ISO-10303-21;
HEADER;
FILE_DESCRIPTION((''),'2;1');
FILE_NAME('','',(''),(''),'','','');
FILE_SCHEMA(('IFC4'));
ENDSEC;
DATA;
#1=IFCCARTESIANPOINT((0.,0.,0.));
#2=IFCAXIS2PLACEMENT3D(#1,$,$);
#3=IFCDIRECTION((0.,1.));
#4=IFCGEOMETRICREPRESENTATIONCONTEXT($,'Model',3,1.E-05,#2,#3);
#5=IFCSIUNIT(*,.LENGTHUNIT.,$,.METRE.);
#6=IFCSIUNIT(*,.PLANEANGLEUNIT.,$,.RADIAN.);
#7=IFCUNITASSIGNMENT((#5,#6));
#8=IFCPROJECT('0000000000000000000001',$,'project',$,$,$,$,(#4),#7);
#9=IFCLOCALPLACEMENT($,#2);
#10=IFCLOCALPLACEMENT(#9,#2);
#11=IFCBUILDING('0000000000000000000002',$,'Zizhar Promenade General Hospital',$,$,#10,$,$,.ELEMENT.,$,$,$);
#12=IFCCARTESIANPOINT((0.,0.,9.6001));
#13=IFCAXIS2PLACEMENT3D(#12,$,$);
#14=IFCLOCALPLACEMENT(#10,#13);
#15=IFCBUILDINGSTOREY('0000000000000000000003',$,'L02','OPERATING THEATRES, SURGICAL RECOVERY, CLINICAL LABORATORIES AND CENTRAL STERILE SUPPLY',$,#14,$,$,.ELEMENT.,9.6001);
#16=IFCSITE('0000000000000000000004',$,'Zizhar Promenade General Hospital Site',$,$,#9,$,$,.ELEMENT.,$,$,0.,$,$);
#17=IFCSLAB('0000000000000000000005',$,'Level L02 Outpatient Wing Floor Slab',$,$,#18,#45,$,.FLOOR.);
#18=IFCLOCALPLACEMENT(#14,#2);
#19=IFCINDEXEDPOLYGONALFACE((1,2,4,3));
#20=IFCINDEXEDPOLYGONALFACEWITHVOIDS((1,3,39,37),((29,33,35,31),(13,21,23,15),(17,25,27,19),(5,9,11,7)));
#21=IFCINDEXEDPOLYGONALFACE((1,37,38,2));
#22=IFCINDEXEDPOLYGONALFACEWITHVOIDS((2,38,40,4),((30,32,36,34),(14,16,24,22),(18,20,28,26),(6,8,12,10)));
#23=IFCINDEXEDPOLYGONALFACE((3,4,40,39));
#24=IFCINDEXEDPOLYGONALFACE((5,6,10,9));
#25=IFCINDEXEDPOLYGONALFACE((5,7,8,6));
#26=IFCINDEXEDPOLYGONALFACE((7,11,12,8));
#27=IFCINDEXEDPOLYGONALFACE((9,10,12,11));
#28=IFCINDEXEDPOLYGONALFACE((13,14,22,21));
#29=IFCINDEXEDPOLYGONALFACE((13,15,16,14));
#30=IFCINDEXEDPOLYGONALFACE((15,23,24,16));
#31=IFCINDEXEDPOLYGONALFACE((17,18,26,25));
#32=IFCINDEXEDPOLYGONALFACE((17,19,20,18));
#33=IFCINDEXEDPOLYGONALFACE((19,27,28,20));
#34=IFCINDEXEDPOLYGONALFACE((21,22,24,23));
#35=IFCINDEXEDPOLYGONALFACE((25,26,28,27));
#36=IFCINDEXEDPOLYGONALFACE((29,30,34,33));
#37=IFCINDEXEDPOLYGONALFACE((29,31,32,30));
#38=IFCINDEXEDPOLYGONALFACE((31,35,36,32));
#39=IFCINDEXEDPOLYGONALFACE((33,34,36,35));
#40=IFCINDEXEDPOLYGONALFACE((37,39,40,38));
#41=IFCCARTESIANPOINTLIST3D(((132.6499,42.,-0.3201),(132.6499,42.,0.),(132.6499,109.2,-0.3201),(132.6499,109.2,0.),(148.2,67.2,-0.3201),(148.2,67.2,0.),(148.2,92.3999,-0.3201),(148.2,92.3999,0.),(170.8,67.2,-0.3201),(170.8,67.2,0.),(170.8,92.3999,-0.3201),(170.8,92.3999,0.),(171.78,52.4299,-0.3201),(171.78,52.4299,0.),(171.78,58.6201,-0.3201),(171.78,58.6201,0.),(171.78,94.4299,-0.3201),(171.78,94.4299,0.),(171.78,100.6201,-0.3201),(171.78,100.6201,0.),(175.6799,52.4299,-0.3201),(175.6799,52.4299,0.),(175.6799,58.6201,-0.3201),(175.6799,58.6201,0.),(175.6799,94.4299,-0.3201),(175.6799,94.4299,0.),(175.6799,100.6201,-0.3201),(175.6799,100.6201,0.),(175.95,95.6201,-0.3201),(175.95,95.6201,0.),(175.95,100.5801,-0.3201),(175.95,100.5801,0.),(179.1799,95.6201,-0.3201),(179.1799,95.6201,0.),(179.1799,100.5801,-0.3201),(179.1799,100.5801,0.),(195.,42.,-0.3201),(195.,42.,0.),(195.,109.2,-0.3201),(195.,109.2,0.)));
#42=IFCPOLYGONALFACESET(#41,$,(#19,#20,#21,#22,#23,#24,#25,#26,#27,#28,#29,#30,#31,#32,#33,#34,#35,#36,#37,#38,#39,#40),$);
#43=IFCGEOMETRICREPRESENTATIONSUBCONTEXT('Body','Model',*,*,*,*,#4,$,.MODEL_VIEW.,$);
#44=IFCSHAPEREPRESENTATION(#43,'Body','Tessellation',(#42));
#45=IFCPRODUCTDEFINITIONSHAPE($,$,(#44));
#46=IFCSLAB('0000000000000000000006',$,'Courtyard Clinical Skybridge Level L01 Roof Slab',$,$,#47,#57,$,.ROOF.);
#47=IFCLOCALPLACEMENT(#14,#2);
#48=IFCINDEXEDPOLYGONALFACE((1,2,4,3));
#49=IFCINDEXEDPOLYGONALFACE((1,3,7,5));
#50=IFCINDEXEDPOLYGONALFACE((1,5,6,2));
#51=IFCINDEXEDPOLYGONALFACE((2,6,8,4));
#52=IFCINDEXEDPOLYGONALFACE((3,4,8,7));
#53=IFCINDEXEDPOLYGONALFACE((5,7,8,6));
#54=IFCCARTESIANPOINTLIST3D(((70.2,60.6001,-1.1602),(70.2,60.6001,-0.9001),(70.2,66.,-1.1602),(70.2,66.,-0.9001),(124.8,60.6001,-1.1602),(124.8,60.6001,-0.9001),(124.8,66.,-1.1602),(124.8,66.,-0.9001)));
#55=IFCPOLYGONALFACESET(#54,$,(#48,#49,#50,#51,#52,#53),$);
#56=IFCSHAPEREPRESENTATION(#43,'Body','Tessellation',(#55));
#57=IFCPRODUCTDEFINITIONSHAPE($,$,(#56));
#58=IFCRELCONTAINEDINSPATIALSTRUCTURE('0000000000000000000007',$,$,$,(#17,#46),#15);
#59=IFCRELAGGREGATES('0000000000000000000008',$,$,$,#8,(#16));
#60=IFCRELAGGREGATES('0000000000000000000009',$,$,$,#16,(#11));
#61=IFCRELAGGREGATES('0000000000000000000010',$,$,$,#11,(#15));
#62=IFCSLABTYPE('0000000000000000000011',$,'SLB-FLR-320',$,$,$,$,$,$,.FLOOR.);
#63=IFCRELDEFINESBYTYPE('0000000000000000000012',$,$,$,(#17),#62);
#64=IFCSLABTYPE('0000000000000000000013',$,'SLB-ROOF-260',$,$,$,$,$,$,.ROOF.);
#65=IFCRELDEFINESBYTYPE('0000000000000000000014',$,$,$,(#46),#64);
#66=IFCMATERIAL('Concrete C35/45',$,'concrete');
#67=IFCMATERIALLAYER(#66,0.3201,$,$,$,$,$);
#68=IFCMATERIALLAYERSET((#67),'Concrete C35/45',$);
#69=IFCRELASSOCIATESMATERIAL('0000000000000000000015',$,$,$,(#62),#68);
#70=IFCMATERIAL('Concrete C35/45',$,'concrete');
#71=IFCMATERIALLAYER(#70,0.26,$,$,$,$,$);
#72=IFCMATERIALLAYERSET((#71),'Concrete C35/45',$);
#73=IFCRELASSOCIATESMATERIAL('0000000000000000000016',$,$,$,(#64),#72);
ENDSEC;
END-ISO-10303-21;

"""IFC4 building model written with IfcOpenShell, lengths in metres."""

from ifc_helpers import new_model, si_unit, direction, frame, origin, place, context, subcontext, project, spatial, polyline, outline, extrude, material, layer, layer_set, type_object, element, save


model = new_model("IFC4")

# Units and contexts
model_context = context("Model", 3, precision=1e-05, world=origin(), true_north=direction((0.0, 1.0)))
body_context = subcontext(model_context, "Body", "Model", "MODEL_VIEW")
ifc_project = project(units=[si_unit("LENGTHUNIT", "METRE"), si_unit("PLANEANGLEUNIT", "RADIAN")], contexts=[model_context])

# Site, building, storey
site_placement = place(None, origin())
site = spatial("IfcSite", under=ifc_project, at=site_placement, Name="Zizhar Promenade General Hospital Site", CompositionType="ELEMENT", RefElevation=0.0)
building_placement = place(site_placement, origin())
building = spatial("IfcBuilding", under=site, at=building_placement, Name="Zizhar Promenade General Hospital", CompositionType="ELEMENT")
storey_placement = place(building_placement, frame((0.0, 0.0, 9.6001)))
storey = spatial("IfcBuildingStorey", under=building, at=storey_placement, Name="L02", Description="OPERATING THEATRES, SURGICAL RECOVERY, CLINICAL LABORATORIES AND CENTRAL STERILE SUPPLY", CompositionType="ELEMENT", Elevation=9.6001)

# Slabs
ifc_material_1 = material(Name="Concrete C35/45", Category="concrete")
ifc_layer_1 = layer(ifc_material_1, 0.3201)
ifc_layer_set_1 = layer_set([ifc_layer_1], Name="Concrete C35/45")
slab_type_1 = type_object("IfcSlabType", Name="SLB-FLR-320", PredefinedType="FLOOR", material=ifc_layer_set_1)
slab_1_placement = place(storey_placement, frame((0.0, 0.0, -0.3201)))
element("IfcSlab", 1, at=slab_1_placement, inside=storey, type_object=slab_type_1, Name="Level L02 Outpatient Wing Floor Slab", PredefinedType="FLOOR", context=body_context, shape_type="SweptSolid", body=[
    extrude(outline(polyline([(132.6499, 42.0), (195.0, 42.0), (195.0, 109.2), (132.6499, 109.2), (132.6499, 42.0)]), holes=[polyline([(148.2, 67.2), (148.2, 92.3999), (170.8, 92.3999), (170.8, 67.2), (148.2, 67.2)]), polyline([(171.78, 94.4299), (171.78, 100.6201), (175.6799, 100.6201), (175.6799, 94.4299), (171.78, 94.4299)]), polyline([(175.95, 95.6201), (175.95, 100.5801), (179.1799, 100.5801), (179.1799, 95.6201), (175.95, 95.6201)]), polyline([(171.78, 52.4299), (171.78, 58.6201), (175.6799, 58.6201), (175.6799, 52.4299), (171.78, 52.4299)])]), origin(), (0.0, 0.0, 1.0), 0.3201),
])
ifc_material_2 = material(Name="Concrete C35/45", Category="concrete")
ifc_layer_2 = layer(ifc_material_2, 0.26)
ifc_layer_set_2 = layer_set([ifc_layer_2], Name="Concrete C35/45")
slab_type_2 = type_object("IfcSlabType", Name="SLB-ROOF-260", PredefinedType="ROOF", material=ifc_layer_set_2)
slab_2_placement = place(storey_placement, frame((0.0, 0.0, -1.1602)))
element("IfcSlab", 2, at=slab_2_placement, inside=storey, type_object=slab_type_2, Name="Courtyard Clinical Skybridge Level L01 Roof Slab", PredefinedType="ROOF", context=body_context, shape_type="SweptSolid", body=[
    extrude(outline(polyline([(70.2, 60.6001), (124.8, 60.6001), (124.8, 66.0), (70.2, 66.0), (70.2, 60.6001)])), origin(), (0.0, 0.0, 1.0), 0.26),
])

save(model, "model.ifc")
